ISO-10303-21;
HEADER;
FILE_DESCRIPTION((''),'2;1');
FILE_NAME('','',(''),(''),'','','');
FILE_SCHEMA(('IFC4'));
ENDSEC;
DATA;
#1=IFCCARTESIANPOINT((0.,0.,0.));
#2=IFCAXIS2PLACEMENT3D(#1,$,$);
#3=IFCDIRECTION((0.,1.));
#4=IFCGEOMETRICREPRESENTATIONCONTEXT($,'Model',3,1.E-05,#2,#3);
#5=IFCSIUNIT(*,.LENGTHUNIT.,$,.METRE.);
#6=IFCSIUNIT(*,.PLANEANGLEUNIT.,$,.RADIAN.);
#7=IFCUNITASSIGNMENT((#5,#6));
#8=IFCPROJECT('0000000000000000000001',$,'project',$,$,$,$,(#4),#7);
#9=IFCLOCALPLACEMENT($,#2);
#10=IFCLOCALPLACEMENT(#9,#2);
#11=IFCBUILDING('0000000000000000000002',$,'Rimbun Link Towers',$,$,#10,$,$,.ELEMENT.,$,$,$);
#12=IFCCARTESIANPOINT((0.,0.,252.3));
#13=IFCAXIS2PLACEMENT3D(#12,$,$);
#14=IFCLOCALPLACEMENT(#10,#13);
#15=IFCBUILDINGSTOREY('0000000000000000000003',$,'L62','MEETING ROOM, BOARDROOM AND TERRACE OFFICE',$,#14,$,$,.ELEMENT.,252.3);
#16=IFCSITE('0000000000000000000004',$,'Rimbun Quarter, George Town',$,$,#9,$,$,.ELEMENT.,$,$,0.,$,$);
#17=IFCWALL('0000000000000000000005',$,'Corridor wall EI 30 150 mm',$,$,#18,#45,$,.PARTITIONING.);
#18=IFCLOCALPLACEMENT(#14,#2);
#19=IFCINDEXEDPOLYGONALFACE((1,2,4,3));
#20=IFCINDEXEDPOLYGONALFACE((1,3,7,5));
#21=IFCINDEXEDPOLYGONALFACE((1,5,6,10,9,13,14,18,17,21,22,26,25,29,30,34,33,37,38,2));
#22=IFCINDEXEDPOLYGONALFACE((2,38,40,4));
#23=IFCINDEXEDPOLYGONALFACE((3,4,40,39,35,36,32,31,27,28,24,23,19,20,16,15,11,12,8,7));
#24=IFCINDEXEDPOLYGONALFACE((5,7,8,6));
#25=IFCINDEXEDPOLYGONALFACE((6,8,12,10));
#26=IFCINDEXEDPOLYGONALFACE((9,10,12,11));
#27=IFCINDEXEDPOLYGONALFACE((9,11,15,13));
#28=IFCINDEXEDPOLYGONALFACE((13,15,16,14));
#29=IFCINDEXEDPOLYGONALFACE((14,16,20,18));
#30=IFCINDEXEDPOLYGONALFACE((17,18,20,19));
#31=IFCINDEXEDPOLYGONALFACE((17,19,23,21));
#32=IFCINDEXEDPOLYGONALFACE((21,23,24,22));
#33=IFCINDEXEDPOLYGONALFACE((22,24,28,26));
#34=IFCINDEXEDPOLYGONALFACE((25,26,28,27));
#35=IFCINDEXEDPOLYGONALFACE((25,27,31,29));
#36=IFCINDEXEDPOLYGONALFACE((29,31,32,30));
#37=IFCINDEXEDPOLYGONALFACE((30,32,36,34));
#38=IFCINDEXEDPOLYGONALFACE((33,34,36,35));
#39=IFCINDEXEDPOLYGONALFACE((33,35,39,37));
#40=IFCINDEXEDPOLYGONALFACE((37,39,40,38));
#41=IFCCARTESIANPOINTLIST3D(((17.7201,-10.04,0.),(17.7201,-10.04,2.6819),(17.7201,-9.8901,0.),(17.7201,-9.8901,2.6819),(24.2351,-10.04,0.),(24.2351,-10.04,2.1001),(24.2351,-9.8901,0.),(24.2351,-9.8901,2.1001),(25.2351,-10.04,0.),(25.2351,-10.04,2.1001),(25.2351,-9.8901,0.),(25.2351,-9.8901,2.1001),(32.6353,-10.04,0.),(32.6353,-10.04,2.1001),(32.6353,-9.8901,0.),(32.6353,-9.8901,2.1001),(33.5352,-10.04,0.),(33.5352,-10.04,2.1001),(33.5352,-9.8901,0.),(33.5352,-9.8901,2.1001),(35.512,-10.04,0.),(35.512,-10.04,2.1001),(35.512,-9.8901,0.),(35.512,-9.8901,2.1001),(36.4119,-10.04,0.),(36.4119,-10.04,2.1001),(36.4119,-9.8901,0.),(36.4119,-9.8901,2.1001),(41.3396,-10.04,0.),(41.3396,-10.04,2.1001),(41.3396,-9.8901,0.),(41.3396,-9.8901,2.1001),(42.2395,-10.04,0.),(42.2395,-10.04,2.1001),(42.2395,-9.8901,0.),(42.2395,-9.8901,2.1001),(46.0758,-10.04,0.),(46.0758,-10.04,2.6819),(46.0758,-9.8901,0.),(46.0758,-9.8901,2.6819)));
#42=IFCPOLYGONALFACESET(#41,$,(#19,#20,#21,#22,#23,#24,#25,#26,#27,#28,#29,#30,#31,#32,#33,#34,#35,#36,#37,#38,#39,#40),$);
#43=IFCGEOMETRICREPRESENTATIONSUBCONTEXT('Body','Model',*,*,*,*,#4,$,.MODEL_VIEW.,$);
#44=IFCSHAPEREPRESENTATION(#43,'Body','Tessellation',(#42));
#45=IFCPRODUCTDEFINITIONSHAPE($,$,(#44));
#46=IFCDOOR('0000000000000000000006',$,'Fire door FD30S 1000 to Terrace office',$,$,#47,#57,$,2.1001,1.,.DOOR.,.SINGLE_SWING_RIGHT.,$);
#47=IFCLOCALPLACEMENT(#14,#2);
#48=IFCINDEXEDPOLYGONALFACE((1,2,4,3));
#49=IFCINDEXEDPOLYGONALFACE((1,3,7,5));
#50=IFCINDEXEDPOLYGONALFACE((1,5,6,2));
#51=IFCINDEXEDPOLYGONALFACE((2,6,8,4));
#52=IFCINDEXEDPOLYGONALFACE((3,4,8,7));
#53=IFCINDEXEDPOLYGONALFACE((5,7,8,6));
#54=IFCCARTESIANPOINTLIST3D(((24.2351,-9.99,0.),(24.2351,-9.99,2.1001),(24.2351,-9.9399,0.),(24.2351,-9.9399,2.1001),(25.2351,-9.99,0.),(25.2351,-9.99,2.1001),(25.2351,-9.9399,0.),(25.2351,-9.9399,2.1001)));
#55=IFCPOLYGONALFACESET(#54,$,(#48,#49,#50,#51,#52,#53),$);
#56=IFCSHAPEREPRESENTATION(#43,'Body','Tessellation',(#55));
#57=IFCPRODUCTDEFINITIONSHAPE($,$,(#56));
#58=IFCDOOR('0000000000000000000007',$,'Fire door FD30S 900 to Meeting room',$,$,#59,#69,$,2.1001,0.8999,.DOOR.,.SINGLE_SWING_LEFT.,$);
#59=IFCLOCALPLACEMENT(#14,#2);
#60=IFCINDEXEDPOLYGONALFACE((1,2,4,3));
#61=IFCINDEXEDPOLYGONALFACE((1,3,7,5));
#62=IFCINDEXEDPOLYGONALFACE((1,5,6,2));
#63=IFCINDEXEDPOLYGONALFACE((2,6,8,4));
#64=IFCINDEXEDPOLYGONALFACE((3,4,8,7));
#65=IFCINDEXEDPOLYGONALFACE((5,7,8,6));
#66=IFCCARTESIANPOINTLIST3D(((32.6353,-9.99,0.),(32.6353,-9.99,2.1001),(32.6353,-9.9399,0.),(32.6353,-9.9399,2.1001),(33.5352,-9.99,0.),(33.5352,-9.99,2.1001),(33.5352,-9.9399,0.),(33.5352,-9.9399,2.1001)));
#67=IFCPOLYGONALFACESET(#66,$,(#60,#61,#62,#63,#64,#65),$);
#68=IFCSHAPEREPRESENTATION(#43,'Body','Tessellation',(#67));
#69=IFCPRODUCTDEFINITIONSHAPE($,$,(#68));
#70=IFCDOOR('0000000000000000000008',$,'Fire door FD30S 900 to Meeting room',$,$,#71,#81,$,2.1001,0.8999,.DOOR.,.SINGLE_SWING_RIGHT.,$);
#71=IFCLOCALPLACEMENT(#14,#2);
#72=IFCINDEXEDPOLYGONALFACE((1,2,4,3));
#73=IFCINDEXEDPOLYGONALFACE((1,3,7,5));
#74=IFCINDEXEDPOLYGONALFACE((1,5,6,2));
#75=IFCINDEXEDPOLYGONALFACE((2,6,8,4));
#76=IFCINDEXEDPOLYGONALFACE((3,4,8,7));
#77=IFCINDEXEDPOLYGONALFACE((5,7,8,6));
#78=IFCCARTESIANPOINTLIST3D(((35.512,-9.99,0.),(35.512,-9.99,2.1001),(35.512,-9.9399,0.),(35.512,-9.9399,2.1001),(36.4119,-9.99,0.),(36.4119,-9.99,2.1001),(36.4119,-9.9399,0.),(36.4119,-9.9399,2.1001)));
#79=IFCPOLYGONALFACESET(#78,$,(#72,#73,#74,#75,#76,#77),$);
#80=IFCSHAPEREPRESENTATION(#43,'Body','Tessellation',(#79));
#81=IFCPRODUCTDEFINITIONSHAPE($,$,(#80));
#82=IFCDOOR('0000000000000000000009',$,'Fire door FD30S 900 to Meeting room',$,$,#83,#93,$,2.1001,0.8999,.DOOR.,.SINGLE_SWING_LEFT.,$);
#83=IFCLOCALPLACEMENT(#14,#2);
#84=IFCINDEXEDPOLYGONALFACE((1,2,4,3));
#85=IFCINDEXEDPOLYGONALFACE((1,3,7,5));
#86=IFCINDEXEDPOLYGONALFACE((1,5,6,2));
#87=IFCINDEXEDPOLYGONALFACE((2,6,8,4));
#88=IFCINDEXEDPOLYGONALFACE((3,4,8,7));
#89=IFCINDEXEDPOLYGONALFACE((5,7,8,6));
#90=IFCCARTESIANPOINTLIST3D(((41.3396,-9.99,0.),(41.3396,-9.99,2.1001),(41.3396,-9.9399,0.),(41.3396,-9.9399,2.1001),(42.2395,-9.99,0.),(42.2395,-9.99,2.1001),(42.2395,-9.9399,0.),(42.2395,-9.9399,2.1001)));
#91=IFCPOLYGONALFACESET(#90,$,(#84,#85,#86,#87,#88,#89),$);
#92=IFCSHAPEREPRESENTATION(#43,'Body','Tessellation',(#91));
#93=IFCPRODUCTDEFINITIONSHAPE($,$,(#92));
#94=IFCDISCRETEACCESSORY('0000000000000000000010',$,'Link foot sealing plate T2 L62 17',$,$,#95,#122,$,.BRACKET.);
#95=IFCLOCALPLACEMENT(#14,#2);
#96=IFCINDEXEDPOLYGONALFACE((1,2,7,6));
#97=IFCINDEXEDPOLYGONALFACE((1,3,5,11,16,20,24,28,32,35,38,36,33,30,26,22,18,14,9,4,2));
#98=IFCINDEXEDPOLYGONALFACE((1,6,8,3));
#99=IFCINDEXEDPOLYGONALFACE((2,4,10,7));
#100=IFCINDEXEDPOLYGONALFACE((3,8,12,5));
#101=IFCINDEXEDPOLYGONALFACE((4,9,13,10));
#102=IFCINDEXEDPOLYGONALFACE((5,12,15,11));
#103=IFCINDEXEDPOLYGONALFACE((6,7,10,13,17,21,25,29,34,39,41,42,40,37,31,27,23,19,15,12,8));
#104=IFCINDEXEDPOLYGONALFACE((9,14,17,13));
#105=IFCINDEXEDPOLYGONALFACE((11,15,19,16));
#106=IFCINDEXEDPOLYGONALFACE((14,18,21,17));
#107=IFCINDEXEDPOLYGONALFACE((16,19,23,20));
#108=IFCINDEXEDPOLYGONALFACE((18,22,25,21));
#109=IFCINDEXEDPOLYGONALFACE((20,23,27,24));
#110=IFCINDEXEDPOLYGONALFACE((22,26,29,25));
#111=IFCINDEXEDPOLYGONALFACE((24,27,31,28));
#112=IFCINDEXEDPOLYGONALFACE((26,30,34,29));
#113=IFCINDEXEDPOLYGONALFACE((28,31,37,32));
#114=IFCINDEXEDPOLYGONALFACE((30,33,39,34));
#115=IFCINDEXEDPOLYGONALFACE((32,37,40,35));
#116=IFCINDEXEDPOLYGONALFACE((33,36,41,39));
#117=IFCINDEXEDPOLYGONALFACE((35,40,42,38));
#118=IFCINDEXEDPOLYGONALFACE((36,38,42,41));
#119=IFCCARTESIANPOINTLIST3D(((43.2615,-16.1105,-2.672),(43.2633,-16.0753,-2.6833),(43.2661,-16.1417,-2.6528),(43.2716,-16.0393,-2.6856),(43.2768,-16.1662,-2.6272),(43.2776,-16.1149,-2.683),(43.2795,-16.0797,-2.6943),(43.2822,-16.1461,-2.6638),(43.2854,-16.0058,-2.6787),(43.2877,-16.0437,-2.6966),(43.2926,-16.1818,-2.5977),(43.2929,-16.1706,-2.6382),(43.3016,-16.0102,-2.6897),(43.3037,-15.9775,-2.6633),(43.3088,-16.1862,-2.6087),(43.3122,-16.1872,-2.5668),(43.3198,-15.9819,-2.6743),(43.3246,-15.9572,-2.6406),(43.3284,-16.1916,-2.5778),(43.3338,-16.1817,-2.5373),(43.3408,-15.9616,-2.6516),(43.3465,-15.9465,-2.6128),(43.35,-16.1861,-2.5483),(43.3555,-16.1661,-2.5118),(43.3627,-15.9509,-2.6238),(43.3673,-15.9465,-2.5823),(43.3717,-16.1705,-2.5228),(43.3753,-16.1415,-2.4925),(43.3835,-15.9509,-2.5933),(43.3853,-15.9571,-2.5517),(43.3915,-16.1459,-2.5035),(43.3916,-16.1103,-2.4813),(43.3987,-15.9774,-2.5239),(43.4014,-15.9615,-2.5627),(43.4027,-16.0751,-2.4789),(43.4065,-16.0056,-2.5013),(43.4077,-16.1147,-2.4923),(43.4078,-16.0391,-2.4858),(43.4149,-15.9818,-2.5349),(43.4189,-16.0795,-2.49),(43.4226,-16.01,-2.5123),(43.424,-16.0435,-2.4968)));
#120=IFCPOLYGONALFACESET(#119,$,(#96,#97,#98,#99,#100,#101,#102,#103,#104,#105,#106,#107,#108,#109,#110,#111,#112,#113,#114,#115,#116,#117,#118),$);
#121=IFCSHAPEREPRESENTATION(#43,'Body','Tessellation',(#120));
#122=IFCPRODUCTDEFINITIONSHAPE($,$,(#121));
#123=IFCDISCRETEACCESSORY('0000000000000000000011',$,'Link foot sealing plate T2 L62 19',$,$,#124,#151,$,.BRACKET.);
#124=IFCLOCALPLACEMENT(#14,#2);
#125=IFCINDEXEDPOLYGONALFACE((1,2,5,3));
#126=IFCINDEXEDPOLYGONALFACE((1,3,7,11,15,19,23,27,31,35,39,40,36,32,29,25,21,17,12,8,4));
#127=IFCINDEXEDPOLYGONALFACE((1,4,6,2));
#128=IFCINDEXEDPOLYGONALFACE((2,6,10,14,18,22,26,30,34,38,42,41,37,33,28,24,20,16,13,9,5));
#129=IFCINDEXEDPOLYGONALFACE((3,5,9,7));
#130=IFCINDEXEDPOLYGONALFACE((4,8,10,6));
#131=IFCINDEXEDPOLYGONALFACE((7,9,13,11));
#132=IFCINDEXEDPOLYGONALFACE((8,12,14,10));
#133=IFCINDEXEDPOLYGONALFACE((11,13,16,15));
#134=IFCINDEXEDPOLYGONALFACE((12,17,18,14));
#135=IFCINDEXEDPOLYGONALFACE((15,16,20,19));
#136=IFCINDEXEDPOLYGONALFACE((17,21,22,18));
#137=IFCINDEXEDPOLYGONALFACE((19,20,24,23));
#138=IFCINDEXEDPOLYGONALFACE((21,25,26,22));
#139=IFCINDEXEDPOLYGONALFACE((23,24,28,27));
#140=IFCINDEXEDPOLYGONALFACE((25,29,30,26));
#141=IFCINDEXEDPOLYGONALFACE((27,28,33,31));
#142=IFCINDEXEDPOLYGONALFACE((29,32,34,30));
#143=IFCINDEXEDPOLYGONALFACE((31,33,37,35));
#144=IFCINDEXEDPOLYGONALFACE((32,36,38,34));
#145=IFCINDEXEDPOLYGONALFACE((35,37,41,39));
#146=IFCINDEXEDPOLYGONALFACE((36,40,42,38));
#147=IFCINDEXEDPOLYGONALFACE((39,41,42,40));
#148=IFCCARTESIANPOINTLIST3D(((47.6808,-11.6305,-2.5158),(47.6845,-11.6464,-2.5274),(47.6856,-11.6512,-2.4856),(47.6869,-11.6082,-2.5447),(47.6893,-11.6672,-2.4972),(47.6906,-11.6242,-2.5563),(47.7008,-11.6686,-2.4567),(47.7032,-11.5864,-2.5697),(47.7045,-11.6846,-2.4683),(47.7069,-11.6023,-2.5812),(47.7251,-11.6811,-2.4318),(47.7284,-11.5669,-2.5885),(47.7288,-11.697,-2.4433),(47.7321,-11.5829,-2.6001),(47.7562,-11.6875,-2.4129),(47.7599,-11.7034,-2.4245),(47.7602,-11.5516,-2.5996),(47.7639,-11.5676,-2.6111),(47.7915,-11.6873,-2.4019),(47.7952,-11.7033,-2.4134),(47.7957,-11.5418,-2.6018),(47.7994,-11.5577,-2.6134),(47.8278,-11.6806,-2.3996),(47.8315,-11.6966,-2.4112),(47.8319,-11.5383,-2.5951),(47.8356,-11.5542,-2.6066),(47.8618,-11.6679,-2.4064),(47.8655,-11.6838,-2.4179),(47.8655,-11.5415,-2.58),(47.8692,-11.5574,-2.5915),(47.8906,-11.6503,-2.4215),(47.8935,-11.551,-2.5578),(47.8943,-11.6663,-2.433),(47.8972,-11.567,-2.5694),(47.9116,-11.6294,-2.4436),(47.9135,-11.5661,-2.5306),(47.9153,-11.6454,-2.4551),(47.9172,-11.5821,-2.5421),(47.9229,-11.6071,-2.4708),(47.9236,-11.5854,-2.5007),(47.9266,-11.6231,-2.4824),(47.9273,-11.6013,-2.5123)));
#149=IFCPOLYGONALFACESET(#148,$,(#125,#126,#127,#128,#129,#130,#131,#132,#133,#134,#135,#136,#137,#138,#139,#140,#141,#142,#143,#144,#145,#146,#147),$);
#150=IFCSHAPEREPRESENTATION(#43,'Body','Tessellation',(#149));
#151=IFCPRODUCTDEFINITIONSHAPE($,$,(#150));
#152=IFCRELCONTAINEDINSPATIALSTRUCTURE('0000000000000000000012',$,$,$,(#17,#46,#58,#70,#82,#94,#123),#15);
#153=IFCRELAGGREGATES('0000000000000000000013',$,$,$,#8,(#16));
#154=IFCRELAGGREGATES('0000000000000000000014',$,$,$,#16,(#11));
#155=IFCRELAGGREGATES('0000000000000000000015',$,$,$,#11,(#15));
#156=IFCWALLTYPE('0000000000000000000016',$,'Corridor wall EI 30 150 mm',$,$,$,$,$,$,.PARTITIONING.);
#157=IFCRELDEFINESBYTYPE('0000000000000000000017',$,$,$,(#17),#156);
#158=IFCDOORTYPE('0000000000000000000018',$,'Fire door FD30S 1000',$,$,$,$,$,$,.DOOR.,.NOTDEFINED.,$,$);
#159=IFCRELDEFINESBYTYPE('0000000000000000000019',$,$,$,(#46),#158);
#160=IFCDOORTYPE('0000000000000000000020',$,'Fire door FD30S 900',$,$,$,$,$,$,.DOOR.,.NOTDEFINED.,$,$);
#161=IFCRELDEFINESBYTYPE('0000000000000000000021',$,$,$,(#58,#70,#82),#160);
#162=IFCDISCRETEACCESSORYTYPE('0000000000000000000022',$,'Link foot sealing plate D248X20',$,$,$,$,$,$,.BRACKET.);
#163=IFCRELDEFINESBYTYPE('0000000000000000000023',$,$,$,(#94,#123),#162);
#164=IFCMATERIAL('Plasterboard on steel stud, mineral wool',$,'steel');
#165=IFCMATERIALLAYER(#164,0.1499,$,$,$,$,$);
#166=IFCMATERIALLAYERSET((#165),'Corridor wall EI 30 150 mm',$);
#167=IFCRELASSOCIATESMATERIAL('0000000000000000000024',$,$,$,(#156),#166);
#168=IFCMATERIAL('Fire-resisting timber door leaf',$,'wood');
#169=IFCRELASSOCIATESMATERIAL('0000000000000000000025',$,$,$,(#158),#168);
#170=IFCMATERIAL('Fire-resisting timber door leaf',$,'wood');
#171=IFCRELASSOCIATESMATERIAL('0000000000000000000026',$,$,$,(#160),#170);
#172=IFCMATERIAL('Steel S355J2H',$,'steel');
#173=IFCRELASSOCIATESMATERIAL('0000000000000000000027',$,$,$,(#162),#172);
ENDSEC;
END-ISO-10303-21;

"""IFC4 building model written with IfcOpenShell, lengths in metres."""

from ifc_helpers import new_model, si_unit, direction, frame, frame_2d, origin, origin_2d, place, context, subcontext, project, spatial, rectangle, circle, extrude, material, layer, layer_set, material_profile, profile_set, type_object, element, fill, save


model = new_model("IFC4")

# Units and contexts
model_context = context("Model", 3, precision=1e-05, world=origin(), true_north=direction((0.0, 1.0)))
body_context = subcontext(model_context, "Body", "Model", "MODEL_VIEW")
ifc_project = project(units=[si_unit("LENGTHUNIT", "METRE"), si_unit("PLANEANGLEUNIT", "RADIAN")], contexts=[model_context])

# Site, building, storey
site_placement = place(None, origin())
site = spatial("IfcSite", under=ifc_project, at=site_placement, Name="Rimbun Quarter, George Town", CompositionType="ELEMENT", RefElevation=0.0)
building_placement = place(site_placement, origin())
building = spatial("IfcBuilding", under=site, at=building_placement, Name="Rimbun Link Towers", CompositionType="ELEMENT")
storey_placement = place(building_placement, frame((0.0, 0.0, 252.3)))
storey = spatial("IfcBuildingStorey", under=building, at=storey_placement, Name="L62", Description="MEETING ROOM, BOARDROOM AND TERRACE OFFICE", CompositionType="ELEMENT", Elevation=252.3)

# Shared definitions
ifc_material_1 = material(Name="Plasterboard on steel stud, mineral wool", Category="steel")
ifc_layer_1 = layer(ifc_material_1, 0.1499)
ifc_layer_set_1 = layer_set([ifc_layer_1], Name="Corridor wall EI 30 150 mm")
wall_type = type_object("IfcWallType", Name="Corridor wall EI 30 150 mm", PredefinedType="PARTITIONING", material=ifc_layer_set_1)

# Wall, openings, doors
wall_1_placement = place(storey_placement, frame((46.0757, -9.9651, 0.0), z_axis=(0.0, 0.0, 1.0), x_axis=(-1.0, 0.0, 0.0)))
wall_1 = element("IfcWall", 1, at=wall_1_placement, inside=storey, type_object=wall_type, Name="Corridor wall EI 30 150 mm", PredefinedType="PARTITIONING", context=body_context, shape_type="SweptSolid", body=[
    extrude(rectangle(XDim=28.3557, YDim=0.1499, at=frame_2d((14.1777, 0.0))), origin(), (0.0, 0.0, 1.0), 2.6819),
])
opening_1_placement = place(wall_1_placement, frame((12.5405, 0.0, 0.0)))
opening_1 = element("IfcOpeningElement", 2, at=opening_1_placement, cuts=wall_1, PredefinedType="OPENING", context=body_context, shape_type="SweptSolid", body=[
    extrude(rectangle(XDim=0.8999, YDim=2.1001, at=frame_2d((0.45, 1.05))), frame((0.0, 0.085, 0.0), z_axis=(0.0, -1.0, 0.0), x_axis=(1.0, 0.0, 0.0)), (0.0, 0.0, 1.0), 0.1699),
])
opening_2_placement = place(wall_1_placement, frame((9.6638, 0.0, 0.0)))
opening_2 = element("IfcOpeningElement", 3, at=opening_2_placement, cuts=wall_1, PredefinedType="OPENING", context=body_context, shape_type="SweptSolid", body=[
    extrude(rectangle(XDim=0.8999, YDim=2.1001, at=frame_2d((0.45, 1.05))), frame((0.0, 0.085, 0.0), z_axis=(0.0, -1.0, 0.0), x_axis=(1.0, 0.0, 0.0)), (0.0, 0.0, 1.0), 0.1699),
])
opening_3_placement = place(wall_1_placement, frame((3.8362, 0.0, 0.0)))
opening_3 = element("IfcOpeningElement", 4, at=opening_3_placement, cuts=wall_1, PredefinedType="OPENING", context=body_context, shape_type="SweptSolid", body=[
    extrude(rectangle(XDim=0.8999, YDim=2.1001, at=frame_2d((0.45, 1.05))), frame((0.0, 0.085, 0.0), z_axis=(0.0, -1.0, 0.0), x_axis=(1.0, 0.0, 0.0)), (0.0, 0.0, 1.0), 0.1699),
])
opening_4_placement = place(wall_1_placement, frame((20.8406, 0.0, 0.0)))
opening_4 = element("IfcOpeningElement", 5, at=opening_4_placement, cuts=wall_1, PredefinedType="OPENING", context=body_context, shape_type="SweptSolid", body=[
    extrude(rectangle(XDim=1.0, YDim=2.1001, at=frame_2d((0.5, 1.05))), frame((0.0, 0.085, 0.0), z_axis=(0.0, -1.0, 0.0), x_axis=(1.0, 0.0, 0.0)), (0.0, 0.0, 1.0), 0.1699),
])
ifc_material_2 = material(Name="Fire-resisting timber door leaf", Category="wood")
door_type_1 = type_object("IfcDoorType", Name="Fire door FD30S 1000", OperationType="NOTDEFINED", PredefinedType="DOOR", material=ifc_material_2)
door_1_placement = place(opening_4_placement, origin())
door_1 = element("IfcDoor", 6, at=door_1_placement, inside=storey, type_object=door_type_1, Name="Fire door FD30S 1000 to Terrace office", OperationType="SINGLE_SWING_RIGHT", OverallHeight=2.1001, OverallWidth=1.0, PredefinedType="DOOR", context=body_context, shape_type="SweptSolid", body=[
    extrude(rectangle(XDim=1.0, YDim=2.1001, at=frame_2d((0.5, 1.05))), frame((0.0, 0.0249, 0.0), z_axis=(0.0, -1.0, 0.0), x_axis=(1.0, 0.0, 0.0)), (0.0, 0.0, 1.0), 0.05),
])
fill(opening_4, door_1)
ifc_material_3 = material(Name="Fire-resisting timber door leaf", Category="wood")
door_type_2 = type_object("IfcDoorType", Name="Fire door FD30S 900", OperationType="NOTDEFINED", PredefinedType="DOOR", material=ifc_material_3)
door_2_placement = place(opening_1_placement, origin())
door_2 = element("IfcDoor", 7, at=door_2_placement, inside=storey, type_object=door_type_2, Name="Fire door FD30S 900 to Meeting room", OperationType="SINGLE_SWING_LEFT", OverallHeight=2.1001, OverallWidth=0.8999, PredefinedType="DOOR", context=body_context, shape_type="SweptSolid", body=[
    extrude(rectangle(XDim=0.8999, YDim=2.1001, at=frame_2d((0.45, 1.05))), frame((0.0, 0.0249, 0.0), z_axis=(0.0, -1.0, 0.0), x_axis=(1.0, 0.0, 0.0)), (0.0, 0.0, 1.0), 0.05),
])
fill(opening_1, door_2)
door_3_placement = place(opening_2_placement, origin())
door_3 = element("IfcDoor", 8, at=door_3_placement, inside=storey, type_object=door_type_2, Name="Fire door FD30S 900 to Meeting room", OperationType="SINGLE_SWING_RIGHT", OverallHeight=2.1001, OverallWidth=0.8999, PredefinedType="DOOR", context=body_context, shape_type="SweptSolid", body=[
    extrude(rectangle(XDim=0.8999, YDim=2.1001, at=frame_2d((0.45, 1.05))), frame((0.0, 0.0249, 0.0), z_axis=(0.0, -1.0, 0.0), x_axis=(1.0, 0.0, 0.0)), (0.0, 0.0, 1.0), 0.05),
])
fill(opening_2, door_3)
door_4_placement = place(opening_3_placement, origin())
door_4 = element("IfcDoor", 9, at=door_4_placement, inside=storey, type_object=door_type_2, Name="Fire door FD30S 900 to Meeting room", OperationType="SINGLE_SWING_LEFT", OverallHeight=2.1001, OverallWidth=0.8999, PredefinedType="DOOR", context=body_context, shape_type="SweptSolid", body=[
    extrude(rectangle(XDim=0.8999, YDim=2.1001, at=frame_2d((0.45, 1.05))), frame((0.0, 0.0249, 0.0), z_axis=(0.0, -1.0, 0.0), x_axis=(1.0, 0.0, 0.0)), (0.0, 0.0, 1.0), 0.05),
])
fill(opening_3, door_4)

# Discrete accessories
ifc_material_4 = material(Name="Steel S355J2H", Category="steel")
ifc_material_profile_1 = material_profile(ifc_material_4, circle(Radius=0.124, at=origin_2d()), Name="PL D248")
ifc_profile_set_1 = profile_set([ifc_material_profile_1], Name="Steel S355J2H")
discrete_accessory_type = type_object("IfcDiscreteAccessoryType", Name="Link foot sealing plate D248X20", PredefinedType="BRACKET", material=ifc_profile_set_1)
for number, where, z_axis, x_axis, name in (
    (10, (43.3347, -16.0662, -2.5823), (0.806018, -0.219823, -0.549557), (0.263117, 0.964764, 0.0), "Link foot sealing plate T2 L62 17"),
    (11, (47.8027, -11.6133, -2.5007), (0.183817, -0.796542, -0.575961), (0.974391, 0.22486, 0.0), "Link foot sealing plate T2 L62 19"),
):
    element("IfcDiscreteAccessory", number, at=place(storey_placement, frame(where, z_axis=z_axis, x_axis=x_axis)), inside=storey, type_object=discrete_accessory_type, Name=name, PredefinedType="BRACKET", context=body_context, shape_type="SweptSolid", body=[
        extrude(circle(Radius=0.124, at=origin_2d()), origin(), (0.0, 0.0, 1.0), 0.02),
    ])

save(model, "model.ifc")
